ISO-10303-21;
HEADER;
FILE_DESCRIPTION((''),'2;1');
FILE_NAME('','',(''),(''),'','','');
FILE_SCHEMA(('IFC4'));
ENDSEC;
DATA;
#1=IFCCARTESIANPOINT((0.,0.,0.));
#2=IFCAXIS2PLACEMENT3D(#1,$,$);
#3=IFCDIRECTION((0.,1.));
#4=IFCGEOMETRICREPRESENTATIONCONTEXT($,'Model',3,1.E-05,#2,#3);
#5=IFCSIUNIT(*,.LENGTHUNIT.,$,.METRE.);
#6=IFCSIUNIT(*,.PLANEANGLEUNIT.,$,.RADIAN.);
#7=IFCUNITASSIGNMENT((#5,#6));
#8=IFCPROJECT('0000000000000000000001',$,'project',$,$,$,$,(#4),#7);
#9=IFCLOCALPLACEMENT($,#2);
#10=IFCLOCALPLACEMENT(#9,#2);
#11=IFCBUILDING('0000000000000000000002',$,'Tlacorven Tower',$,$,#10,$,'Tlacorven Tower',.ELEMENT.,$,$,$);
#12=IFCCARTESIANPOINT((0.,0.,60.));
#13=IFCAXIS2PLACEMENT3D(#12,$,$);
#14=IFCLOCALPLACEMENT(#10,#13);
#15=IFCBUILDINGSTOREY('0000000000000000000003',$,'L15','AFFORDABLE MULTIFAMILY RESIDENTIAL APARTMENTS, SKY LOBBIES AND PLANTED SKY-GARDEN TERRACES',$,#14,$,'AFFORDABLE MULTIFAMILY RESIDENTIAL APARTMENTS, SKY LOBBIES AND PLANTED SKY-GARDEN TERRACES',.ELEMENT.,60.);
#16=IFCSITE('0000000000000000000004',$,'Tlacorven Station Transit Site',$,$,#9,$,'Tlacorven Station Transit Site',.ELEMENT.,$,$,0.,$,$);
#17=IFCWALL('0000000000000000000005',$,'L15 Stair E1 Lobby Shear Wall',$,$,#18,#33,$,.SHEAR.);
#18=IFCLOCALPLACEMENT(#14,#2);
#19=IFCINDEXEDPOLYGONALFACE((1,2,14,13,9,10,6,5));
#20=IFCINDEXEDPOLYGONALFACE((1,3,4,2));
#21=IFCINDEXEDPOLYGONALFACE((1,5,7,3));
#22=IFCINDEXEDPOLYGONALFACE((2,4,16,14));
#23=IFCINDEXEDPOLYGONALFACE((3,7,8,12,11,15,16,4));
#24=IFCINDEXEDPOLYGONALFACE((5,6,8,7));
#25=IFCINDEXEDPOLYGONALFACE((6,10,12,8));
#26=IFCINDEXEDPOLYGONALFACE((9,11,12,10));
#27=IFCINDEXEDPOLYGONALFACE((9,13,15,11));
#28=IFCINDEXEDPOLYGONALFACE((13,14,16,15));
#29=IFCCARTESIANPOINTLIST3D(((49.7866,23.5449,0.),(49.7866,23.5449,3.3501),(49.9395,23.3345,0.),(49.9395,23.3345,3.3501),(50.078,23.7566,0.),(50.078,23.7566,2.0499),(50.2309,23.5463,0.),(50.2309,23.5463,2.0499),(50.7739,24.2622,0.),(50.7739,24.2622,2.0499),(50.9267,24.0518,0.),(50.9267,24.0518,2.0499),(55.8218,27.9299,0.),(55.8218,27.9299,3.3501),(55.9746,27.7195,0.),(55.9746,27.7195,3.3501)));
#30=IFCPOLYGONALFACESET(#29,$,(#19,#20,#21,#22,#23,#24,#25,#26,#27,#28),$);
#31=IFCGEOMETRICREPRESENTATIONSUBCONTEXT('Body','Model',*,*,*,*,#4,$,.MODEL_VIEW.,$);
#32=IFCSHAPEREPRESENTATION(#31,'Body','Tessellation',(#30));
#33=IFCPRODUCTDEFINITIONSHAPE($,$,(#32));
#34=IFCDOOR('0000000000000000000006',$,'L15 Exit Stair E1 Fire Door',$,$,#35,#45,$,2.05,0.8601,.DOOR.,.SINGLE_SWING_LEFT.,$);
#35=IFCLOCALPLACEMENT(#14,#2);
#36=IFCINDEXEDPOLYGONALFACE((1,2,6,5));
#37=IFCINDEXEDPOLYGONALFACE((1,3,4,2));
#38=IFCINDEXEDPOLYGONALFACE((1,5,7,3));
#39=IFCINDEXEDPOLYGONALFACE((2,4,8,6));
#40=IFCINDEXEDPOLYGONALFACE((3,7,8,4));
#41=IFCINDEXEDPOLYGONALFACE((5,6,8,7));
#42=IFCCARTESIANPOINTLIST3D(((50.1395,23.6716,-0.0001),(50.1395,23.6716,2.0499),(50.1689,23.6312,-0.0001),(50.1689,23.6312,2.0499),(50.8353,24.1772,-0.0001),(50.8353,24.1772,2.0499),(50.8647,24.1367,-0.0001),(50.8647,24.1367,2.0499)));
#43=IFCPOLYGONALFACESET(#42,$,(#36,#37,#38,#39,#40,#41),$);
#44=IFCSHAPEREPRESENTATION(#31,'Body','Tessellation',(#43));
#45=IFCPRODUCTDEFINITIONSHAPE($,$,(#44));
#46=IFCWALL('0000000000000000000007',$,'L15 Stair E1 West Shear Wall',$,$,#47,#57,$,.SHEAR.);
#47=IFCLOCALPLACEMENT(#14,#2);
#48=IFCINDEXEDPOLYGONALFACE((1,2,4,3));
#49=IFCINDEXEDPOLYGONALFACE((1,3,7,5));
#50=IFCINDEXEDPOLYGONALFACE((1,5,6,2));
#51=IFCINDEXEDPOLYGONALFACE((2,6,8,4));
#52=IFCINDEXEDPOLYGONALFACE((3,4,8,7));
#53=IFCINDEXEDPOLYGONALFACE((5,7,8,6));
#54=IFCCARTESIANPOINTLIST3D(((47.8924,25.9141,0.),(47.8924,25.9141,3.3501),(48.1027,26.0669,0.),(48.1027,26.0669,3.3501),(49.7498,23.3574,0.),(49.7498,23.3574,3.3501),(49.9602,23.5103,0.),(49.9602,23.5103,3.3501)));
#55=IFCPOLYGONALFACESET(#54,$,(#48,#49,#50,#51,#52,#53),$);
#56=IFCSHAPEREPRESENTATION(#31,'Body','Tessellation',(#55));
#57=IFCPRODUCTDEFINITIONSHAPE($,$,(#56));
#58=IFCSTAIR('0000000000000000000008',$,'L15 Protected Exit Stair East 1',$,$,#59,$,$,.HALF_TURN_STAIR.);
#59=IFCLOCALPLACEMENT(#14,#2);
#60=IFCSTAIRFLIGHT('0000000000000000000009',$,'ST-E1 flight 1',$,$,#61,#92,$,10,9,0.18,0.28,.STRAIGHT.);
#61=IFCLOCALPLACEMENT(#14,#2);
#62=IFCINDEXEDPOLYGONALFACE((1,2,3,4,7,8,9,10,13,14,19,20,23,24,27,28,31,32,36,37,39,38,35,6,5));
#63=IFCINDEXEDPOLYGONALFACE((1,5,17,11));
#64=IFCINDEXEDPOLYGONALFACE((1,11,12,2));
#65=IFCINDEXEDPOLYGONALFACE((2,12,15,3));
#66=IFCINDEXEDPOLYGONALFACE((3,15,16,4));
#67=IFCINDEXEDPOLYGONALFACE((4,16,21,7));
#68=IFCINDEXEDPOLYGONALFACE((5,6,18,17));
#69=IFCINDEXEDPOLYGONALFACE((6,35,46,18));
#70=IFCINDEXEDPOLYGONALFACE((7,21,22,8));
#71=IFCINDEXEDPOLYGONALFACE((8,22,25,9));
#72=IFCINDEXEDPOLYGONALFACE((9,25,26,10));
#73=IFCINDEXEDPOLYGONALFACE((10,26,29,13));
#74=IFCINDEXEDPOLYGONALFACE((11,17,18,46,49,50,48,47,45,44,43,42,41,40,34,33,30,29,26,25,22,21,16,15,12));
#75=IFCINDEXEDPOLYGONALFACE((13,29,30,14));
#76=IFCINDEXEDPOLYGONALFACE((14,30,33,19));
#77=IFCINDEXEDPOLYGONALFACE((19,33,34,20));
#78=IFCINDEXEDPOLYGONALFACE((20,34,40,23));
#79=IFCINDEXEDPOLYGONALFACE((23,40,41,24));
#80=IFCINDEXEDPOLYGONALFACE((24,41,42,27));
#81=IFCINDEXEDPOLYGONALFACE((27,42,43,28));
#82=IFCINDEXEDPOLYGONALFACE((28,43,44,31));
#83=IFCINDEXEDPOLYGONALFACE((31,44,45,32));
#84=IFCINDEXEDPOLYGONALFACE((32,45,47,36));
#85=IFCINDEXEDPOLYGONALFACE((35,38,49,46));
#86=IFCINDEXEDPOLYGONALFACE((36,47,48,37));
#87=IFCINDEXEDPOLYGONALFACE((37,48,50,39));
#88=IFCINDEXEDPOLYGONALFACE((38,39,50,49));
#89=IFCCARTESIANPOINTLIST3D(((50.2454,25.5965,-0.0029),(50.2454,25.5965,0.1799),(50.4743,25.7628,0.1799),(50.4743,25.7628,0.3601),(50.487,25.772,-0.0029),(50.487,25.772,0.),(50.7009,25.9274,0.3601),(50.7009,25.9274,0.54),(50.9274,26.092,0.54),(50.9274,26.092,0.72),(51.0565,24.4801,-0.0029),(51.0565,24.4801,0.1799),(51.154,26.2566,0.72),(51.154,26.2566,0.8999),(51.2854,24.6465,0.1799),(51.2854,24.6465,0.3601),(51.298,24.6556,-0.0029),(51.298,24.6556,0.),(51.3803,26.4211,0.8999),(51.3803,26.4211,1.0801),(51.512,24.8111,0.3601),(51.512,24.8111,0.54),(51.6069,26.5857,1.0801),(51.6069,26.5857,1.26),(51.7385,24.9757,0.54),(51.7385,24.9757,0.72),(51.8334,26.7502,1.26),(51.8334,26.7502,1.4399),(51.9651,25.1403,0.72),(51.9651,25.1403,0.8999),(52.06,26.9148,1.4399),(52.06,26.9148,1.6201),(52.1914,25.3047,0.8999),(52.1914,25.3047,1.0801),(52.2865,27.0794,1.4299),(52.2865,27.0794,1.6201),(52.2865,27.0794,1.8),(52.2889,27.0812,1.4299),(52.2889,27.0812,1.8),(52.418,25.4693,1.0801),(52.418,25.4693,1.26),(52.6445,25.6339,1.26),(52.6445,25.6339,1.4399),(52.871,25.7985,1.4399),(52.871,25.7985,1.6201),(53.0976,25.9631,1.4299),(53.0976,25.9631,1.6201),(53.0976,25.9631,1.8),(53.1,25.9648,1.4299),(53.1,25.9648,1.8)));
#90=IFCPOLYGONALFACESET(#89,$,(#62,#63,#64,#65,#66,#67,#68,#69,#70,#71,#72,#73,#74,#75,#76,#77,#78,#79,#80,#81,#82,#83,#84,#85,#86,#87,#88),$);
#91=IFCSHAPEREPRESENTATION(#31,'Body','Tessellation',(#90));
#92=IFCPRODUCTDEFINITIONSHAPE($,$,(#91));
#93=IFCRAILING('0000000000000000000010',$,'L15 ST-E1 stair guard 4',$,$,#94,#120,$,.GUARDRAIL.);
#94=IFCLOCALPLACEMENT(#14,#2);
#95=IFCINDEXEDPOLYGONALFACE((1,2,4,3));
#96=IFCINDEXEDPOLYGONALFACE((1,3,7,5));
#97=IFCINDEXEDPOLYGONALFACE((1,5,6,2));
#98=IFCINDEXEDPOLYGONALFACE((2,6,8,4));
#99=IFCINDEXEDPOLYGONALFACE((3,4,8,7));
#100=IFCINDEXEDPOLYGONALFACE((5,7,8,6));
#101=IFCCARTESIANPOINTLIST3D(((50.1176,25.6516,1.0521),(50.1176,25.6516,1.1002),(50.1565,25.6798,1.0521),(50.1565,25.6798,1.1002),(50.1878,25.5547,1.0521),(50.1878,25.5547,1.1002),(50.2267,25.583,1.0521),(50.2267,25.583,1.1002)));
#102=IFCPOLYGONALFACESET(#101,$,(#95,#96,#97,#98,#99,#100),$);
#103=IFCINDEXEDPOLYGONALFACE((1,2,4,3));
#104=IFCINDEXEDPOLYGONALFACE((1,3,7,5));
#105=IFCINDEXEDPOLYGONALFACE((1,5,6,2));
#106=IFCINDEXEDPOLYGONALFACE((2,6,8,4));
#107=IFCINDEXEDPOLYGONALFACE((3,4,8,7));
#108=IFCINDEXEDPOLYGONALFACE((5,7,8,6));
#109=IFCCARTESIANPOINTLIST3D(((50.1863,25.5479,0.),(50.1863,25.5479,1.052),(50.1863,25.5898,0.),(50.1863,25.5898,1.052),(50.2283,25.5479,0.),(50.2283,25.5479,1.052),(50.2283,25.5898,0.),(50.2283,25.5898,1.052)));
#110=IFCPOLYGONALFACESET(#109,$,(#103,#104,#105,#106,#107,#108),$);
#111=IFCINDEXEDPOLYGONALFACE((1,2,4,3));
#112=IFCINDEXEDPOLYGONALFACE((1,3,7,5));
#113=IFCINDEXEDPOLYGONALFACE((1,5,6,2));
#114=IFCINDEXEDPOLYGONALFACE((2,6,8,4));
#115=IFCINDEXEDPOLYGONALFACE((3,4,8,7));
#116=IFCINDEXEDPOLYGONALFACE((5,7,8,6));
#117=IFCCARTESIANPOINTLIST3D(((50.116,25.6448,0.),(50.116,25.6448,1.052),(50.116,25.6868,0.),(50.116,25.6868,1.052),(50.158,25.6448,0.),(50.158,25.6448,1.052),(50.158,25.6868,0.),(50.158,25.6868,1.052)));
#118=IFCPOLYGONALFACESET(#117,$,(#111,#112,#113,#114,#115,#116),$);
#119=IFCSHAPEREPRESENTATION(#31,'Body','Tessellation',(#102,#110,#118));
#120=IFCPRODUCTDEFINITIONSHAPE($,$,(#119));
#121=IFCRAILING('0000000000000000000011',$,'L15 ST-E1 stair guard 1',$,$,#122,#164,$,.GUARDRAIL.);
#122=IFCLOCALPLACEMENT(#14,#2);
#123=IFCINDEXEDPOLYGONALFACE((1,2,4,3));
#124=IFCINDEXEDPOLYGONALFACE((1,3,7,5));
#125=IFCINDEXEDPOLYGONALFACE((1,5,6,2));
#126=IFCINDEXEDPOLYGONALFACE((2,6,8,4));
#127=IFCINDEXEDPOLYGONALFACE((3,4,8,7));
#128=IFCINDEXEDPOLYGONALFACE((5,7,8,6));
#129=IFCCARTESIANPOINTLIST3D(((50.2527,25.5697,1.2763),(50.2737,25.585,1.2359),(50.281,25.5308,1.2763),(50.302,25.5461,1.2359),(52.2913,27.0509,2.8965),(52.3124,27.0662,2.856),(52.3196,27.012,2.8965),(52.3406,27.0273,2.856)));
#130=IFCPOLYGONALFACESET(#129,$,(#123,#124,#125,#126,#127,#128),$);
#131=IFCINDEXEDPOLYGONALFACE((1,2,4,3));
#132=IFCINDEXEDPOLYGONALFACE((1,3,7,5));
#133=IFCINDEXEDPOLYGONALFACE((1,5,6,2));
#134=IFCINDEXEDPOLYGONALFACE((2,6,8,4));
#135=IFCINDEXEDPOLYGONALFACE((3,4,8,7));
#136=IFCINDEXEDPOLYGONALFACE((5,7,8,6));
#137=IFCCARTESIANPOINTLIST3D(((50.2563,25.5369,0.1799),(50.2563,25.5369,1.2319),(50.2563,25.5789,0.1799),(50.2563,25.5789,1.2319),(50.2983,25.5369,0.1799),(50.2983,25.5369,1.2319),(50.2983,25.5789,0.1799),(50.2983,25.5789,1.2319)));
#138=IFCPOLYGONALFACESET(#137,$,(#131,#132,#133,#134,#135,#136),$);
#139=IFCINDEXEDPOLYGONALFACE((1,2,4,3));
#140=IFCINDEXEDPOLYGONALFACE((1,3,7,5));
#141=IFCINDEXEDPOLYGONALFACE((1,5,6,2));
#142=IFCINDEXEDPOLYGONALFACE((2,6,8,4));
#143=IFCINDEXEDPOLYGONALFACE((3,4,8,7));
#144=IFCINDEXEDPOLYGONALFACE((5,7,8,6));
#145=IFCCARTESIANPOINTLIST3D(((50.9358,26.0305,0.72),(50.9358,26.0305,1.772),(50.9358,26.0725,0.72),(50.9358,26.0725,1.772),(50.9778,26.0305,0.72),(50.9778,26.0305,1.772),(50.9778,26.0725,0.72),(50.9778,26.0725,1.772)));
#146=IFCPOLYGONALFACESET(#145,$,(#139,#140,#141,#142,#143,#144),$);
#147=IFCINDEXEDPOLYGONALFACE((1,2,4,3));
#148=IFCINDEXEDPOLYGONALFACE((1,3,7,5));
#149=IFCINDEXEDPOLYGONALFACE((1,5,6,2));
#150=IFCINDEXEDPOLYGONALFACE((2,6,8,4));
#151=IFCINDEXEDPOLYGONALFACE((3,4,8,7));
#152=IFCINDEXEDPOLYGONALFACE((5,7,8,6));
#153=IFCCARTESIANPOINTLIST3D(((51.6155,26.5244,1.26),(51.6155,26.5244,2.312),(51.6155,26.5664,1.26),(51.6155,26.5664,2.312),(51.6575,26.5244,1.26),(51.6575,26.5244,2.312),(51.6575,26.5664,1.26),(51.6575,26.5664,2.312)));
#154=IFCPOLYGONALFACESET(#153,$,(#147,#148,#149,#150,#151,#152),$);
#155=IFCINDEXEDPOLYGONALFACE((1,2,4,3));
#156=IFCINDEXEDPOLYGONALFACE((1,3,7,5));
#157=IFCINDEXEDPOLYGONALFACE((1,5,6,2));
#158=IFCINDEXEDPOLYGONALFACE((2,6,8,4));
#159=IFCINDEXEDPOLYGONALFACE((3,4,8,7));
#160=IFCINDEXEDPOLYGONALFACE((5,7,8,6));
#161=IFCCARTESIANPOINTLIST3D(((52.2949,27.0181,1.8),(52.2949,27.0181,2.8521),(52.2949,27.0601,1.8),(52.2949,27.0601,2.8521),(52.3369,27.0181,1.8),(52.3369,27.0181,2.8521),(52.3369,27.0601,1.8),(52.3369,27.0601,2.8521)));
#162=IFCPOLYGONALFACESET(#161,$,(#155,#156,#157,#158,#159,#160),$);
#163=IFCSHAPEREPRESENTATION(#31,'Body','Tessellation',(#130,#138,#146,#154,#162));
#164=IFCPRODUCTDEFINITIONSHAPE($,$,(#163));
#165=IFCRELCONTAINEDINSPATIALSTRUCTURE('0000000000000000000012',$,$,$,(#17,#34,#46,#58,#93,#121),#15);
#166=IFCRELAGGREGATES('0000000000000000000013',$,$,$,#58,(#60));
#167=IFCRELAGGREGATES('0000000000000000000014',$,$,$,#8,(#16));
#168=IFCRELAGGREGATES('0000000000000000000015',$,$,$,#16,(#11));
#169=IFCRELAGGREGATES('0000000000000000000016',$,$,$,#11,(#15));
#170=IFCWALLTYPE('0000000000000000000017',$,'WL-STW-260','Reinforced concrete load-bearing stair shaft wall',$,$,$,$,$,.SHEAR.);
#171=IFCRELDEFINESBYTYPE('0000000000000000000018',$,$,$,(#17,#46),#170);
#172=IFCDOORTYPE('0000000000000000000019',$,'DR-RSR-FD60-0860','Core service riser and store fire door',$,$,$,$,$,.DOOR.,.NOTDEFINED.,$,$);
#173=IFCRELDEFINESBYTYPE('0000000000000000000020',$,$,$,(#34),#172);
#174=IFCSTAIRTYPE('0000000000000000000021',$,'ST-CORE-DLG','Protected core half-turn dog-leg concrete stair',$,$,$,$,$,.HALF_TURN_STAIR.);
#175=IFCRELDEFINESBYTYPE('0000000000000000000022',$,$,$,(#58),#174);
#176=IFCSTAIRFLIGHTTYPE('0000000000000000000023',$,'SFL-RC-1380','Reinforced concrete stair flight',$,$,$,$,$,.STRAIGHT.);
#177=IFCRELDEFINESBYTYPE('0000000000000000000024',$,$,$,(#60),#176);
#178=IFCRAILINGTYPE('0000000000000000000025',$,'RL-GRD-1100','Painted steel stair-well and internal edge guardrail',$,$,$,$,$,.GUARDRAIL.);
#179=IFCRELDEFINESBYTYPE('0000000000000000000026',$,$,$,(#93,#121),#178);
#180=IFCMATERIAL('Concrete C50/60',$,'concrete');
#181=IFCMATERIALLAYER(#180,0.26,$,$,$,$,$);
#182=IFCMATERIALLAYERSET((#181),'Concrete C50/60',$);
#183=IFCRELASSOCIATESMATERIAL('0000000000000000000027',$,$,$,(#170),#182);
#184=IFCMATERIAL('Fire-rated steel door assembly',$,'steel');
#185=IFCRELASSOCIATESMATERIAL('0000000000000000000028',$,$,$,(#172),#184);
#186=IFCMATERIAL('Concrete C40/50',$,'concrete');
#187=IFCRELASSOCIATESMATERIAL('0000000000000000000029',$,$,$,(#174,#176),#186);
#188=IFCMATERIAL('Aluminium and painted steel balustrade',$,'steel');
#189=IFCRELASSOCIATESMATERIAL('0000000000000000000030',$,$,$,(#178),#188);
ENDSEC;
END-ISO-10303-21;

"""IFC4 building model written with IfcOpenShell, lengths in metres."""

from ifc_helpers import new_model, si_unit, direction, frame, frame_2d, origin, origin_2d, place, context, subcontext, project, spatial, polyline, rectangle, outline, extrude, source, transform, mapped, material, layer, layer_set, type_object, element, fill, aggregate, save


model = new_model("IFC4")

# Units and contexts
model_context = context("Model", 3, precision=1e-05, world=origin(), true_north=direction((0.0, 1.0)))
body_context = subcontext(model_context, "Body", "Model", "MODEL_VIEW")
ifc_project = project(units=[si_unit("LENGTHUNIT", "METRE"), si_unit("PLANEANGLEUNIT", "RADIAN")], contexts=[model_context])

# Site, building, storey
site_placement = place(None, origin())
site = spatial("IfcSite", under=ifc_project, at=site_placement, Name="Tlacorven Station Transit Site", LongName="Tlacorven Station Transit Site", CompositionType="ELEMENT", RefElevation=0.0)
building_placement = place(site_placement, origin())
building = spatial("IfcBuilding", under=site, at=building_placement, Name="Tlacorven Tower", LongName="Tlacorven Tower", CompositionType="ELEMENT")
storey_placement = place(building_placement, frame((0.0, 0.0, 60.0)))
storey = spatial("IfcBuildingStorey", under=building, at=storey_placement, Name="L15", Description="AFFORDABLE MULTIFAMILY RESIDENTIAL APARTMENTS, SKY LOBBIES AND PLANTED SKY-GARDEN TERRACES", LongName="AFFORDABLE MULTIFAMILY RESIDENTIAL APARTMENTS, SKY LOBBIES AND PLANTED SKY-GARDEN TERRACES", CompositionType="ELEMENT", Elevation=60.0)

# Shared definitions
ifc_material_1 = material(Name="Concrete C40/50", Category="concrete")
ifc_material_2 = material(Name="Fire-rated steel door assembly", Category="steel")

# Shared definitions
ifc_material_3 = material(Name="Concrete C50/60", Category="concrete")
ifc_layer_1 = layer(ifc_material_3, 0.26)
ifc_layer_set_1 = layer_set([ifc_layer_1], Name="Concrete C50/60")
wall_type_1 = type_object("IfcWallType", Name="WL-STW-260", Description="Reinforced concrete load-bearing stair shaft wall", PredefinedType="SHEAR", material=ifc_layer_set_1)

# Wall, opening, door
wall_1_placement = place(storey_placement, frame((49.863, 23.4397, 0.0), z_axis=(0.0, 0.0, 1.0), x_axis=(0.809003, 0.587804, 0.0)))
wall_1 = element("IfcWall", 1, at=wall_1_placement, inside=storey, type_object=wall_type_1, Name="L15 Stair E1 Lobby Shear Wall", PredefinedType="SHEAR", context=body_context, shape_type="SweptSolid", body=[
    extrude(rectangle(XDim=7.46, YDim=0.26, at=frame_2d((3.73, 0.0))), origin(), (0.0, 0.0, 1.0), 3.3501),
])
opening_1_placement = place(wall_1_placement, frame((0.3601, 0.0, 0.0)))
opening_1 = element("IfcOpeningElement", 2, at=opening_1_placement, cuts=wall_1, PredefinedType="OPENING", context=body_context, shape_type="SweptSolid", body=[
    extrude(rectangle(XDim=0.8601, YDim=2.05, at=frame_2d((0.4302, 1.0249))), frame((0.0, 0.1401, 0.0), z_axis=(0.0, -1.0, 0.0), x_axis=(1.0, 0.0, 0.0)), (0.0, 0.0, 1.0), 0.28),
])
door_type_1 = type_object("IfcDoorType", Name="DR-RSR-FD60-0860", Description="Core service riser and store fire door", OperationType="NOTDEFINED", PredefinedType="DOOR", material=ifc_material_2)
shared_shape_1 = source(origin(), body_context, "Body", "SweptSolid", [
    extrude(rectangle(XDim=0.8601, YDim=2.05, at=frame_2d((0.4302, 1.0249))), frame((0.0, 0.0249, 0.0), z_axis=(0.0, -1.0, 0.0), x_axis=(1.0, 0.0, 0.0)), (0.0, 0.0, 1.0), 0.05),
])
door_1_placement = place(opening_1_placement, frame((0.8601, 0.0, 0.0), z_axis=(0.0, 0.0, 1.0), x_axis=(-1.0, 0.0, 0.0)))
door_1 = element("IfcDoor", 3, at=door_1_placement, inside=storey, type_object=door_type_1, Name="L15 Exit Stair E1 Fire Door", OperationType="SINGLE_SWING_LEFT", OverallHeight=2.05, OverallWidth=0.8601, PredefinedType="DOOR", context=body_context, shape_type="MappedRepresentation", body=[
    mapped(shared_shape_1, transform((0.0, 0.0, 0.0), scale=1.0)),
])
fill(opening_1, door_1)

# Wall
wall_2_placement = place(storey_placement, frame((49.855, 23.4338, 0.0), z_axis=(0.0, 0.0, 1.0), x_axis=(-0.587767, 0.80903, 0.0)))
element("IfcWall", 4, at=wall_2_placement, inside=storey, type_object=wall_type_1, Name="L15 Stair E1 West Shear Wall", PredefinedType="SHEAR", context=body_context, shape_type="SweptSolid", body=[
    extrude(rectangle(XDim=3.1602, YDim=0.26, at=frame_2d((1.5801, 0.0))), origin(), (0.0, 0.0, 1.0), 3.3501),
])

# Stair, stair flight
stair_type = type_object("IfcStairType", Name="ST-CORE-DLG", Description="Protected core half-turn dog-leg concrete stair", PredefinedType="HALF_TURN_STAIR", material=ifc_material_1)
stair_placement = place(storey_placement, origin())
stair = element("IfcStair", 5, at=stair_placement, inside=storey, type_object=stair_type, Name="L15 Protected Exit Stair East 1", PredefinedType="HALF_TURN_STAIR")
stair_flight_type = type_object("IfcStairFlightType", Name="SFL-RC-1380", Description="Reinforced concrete stair flight", PredefinedType="STRAIGHT", material=ifc_material_1)
shared_shape_2 = source(origin(), body_context, "Body", "SweptSolid", [
    extrude(outline(polyline([(-0.0029, -0.0029), (-0.0029, 0.1799), (0.28, 0.1799), (0.28, 0.3601), (0.5601, 0.3601), (0.5601, 0.54), (0.8401, 0.54), (0.8401, 0.72), (1.1201, 0.72), (1.1201, 0.8999), (1.3999, 0.8999), (1.3999, 1.0801), (1.6799, 1.0801), (1.6799, 1.26), (1.96, 1.26), (1.96, 1.4399), (2.24, 1.4399), (2.24, 1.6201), (2.52, 1.6201), (2.52, 1.8), (2.5229, 1.8), (2.5229, 1.4299), (2.52, 1.4299), (0.2957, 0.0), (0.2957, -0.0029), (-0.0029, -0.0029)])), frame((0.0, 0.6899, 0.0), z_axis=(0.0, -1.0, 0.0), x_axis=(1.0, 0.0, 0.0)), (0.0, 0.0, 1.0), 1.3799),
])
stair_flight_placement = place(storey_placement, frame((50.6533, 25.04, 0.0), z_axis=(0.0, 0.0, 1.0), x_axis=(0.809017, 0.587785, 0.0)))
stair_flight = element("IfcStairFlight", 6, at=stair_flight_placement, type_object=stair_flight_type, Name="ST-E1 flight 1", NumberOfRisers=10, NumberOfTreads=9, PredefinedType="STRAIGHT", RiserHeight=0.18, TreadLength=0.28, context=body_context, shape_type="MappedRepresentation", body=[
    mapped(shared_shape_2, transform((0.0, 0.0, 0.0), scale=1.0)),
])
aggregate(stair, [stair_flight])

# Railings
ifc_material_4 = material(Name="Aluminium and painted steel balustrade", Category="steel")
railing_type_1 = type_object("IfcRailingType", Name="RL-GRD-1100", Description="Painted steel stair-well and internal edge guardrail", PredefinedType="GUARDRAIL", material=ifc_material_4)
shared_shape_3 = source(origin(), body_context, "Body", "SweptSolid", [
    extrude(rectangle(XDim=0.0481, YDim=0.0481, at=origin_2d()), frame((0.0, 0.0, 1.0762), z_axis=(-0.587201, 0.809441, 0.0), x_axis=(-0.809441, -0.587201, 0.0)), (0.0, 0.0, 1.0), 0.1196),
    extrude(rectangle(XDim=0.042, YDim=0.042, at=origin_2d()), origin(), (0.0, 0.0, 1.0), 1.052),
    extrude(rectangle(XDim=0.042, YDim=0.042, at=origin_2d()), frame((-0.0703, 0.0969, 0.0)), (0.0, 0.0, 1.0), 1.052),
])
railing_1_placement = place(storey_placement, frame((50.2073, 25.5688, 0.0)))
element("IfcRailing", 7, at=railing_1_placement, inside=storey, type_object=railing_type_1, Name="L15 ST-E1 stair guard 4", PredefinedType="GUARDRAIL", context=body_context, shape_type="MappedRepresentation", body=[
    mapped(shared_shape_3, transform((0.0, 0.0, 0.0), scale=1.0)),
])
shared_shape_4 = source(origin(), body_context, "Body", "SweptSolid", [
    extrude(rectangle(XDim=0.0481, YDim=0.0481, at=origin_2d()), frame((0.0, 0.0, 1.0762), z_axis=(0.680489, 0.494434, 0.540805), x_axis=(-0.587809, 0.809, 0.0)), (0.0, 0.0, 1.0), 2.9958),
    extrude(rectangle(XDim=0.042, YDim=0.042, at=origin_2d()), origin(), (0.0, 0.0, 1.0), 1.052),
    extrude(rectangle(XDim=0.042, YDim=0.042, at=origin_2d()), frame((0.6794, 0.4937, 0.54)), (0.0, 0.0, 1.0), 1.052),
    extrude(rectangle(XDim=0.042, YDim=0.042, at=origin_2d()), frame((1.3591, 0.9875, 1.0801)), (0.0, 0.0, 1.0), 1.052),
    extrude(rectangle(XDim=0.042, YDim=0.042, at=origin_2d()), frame((2.0386, 1.4812, 1.6201)), (0.0, 0.0, 1.0), 1.052),
])
railing_2_placement = place(storey_placement, frame((50.2773, 25.5579, 0.1799)))
element("IfcRailing", 8, at=railing_2_placement, inside=storey, type_object=railing_type_1, Name="L15 ST-E1 stair guard 1", PredefinedType="GUARDRAIL", context=body_context, shape_type="MappedRepresentation", body=[
    mapped(shared_shape_4, transform((0.0, 0.0, 0.0), scale=1.0)),
])

save(model, "model.ifc")
